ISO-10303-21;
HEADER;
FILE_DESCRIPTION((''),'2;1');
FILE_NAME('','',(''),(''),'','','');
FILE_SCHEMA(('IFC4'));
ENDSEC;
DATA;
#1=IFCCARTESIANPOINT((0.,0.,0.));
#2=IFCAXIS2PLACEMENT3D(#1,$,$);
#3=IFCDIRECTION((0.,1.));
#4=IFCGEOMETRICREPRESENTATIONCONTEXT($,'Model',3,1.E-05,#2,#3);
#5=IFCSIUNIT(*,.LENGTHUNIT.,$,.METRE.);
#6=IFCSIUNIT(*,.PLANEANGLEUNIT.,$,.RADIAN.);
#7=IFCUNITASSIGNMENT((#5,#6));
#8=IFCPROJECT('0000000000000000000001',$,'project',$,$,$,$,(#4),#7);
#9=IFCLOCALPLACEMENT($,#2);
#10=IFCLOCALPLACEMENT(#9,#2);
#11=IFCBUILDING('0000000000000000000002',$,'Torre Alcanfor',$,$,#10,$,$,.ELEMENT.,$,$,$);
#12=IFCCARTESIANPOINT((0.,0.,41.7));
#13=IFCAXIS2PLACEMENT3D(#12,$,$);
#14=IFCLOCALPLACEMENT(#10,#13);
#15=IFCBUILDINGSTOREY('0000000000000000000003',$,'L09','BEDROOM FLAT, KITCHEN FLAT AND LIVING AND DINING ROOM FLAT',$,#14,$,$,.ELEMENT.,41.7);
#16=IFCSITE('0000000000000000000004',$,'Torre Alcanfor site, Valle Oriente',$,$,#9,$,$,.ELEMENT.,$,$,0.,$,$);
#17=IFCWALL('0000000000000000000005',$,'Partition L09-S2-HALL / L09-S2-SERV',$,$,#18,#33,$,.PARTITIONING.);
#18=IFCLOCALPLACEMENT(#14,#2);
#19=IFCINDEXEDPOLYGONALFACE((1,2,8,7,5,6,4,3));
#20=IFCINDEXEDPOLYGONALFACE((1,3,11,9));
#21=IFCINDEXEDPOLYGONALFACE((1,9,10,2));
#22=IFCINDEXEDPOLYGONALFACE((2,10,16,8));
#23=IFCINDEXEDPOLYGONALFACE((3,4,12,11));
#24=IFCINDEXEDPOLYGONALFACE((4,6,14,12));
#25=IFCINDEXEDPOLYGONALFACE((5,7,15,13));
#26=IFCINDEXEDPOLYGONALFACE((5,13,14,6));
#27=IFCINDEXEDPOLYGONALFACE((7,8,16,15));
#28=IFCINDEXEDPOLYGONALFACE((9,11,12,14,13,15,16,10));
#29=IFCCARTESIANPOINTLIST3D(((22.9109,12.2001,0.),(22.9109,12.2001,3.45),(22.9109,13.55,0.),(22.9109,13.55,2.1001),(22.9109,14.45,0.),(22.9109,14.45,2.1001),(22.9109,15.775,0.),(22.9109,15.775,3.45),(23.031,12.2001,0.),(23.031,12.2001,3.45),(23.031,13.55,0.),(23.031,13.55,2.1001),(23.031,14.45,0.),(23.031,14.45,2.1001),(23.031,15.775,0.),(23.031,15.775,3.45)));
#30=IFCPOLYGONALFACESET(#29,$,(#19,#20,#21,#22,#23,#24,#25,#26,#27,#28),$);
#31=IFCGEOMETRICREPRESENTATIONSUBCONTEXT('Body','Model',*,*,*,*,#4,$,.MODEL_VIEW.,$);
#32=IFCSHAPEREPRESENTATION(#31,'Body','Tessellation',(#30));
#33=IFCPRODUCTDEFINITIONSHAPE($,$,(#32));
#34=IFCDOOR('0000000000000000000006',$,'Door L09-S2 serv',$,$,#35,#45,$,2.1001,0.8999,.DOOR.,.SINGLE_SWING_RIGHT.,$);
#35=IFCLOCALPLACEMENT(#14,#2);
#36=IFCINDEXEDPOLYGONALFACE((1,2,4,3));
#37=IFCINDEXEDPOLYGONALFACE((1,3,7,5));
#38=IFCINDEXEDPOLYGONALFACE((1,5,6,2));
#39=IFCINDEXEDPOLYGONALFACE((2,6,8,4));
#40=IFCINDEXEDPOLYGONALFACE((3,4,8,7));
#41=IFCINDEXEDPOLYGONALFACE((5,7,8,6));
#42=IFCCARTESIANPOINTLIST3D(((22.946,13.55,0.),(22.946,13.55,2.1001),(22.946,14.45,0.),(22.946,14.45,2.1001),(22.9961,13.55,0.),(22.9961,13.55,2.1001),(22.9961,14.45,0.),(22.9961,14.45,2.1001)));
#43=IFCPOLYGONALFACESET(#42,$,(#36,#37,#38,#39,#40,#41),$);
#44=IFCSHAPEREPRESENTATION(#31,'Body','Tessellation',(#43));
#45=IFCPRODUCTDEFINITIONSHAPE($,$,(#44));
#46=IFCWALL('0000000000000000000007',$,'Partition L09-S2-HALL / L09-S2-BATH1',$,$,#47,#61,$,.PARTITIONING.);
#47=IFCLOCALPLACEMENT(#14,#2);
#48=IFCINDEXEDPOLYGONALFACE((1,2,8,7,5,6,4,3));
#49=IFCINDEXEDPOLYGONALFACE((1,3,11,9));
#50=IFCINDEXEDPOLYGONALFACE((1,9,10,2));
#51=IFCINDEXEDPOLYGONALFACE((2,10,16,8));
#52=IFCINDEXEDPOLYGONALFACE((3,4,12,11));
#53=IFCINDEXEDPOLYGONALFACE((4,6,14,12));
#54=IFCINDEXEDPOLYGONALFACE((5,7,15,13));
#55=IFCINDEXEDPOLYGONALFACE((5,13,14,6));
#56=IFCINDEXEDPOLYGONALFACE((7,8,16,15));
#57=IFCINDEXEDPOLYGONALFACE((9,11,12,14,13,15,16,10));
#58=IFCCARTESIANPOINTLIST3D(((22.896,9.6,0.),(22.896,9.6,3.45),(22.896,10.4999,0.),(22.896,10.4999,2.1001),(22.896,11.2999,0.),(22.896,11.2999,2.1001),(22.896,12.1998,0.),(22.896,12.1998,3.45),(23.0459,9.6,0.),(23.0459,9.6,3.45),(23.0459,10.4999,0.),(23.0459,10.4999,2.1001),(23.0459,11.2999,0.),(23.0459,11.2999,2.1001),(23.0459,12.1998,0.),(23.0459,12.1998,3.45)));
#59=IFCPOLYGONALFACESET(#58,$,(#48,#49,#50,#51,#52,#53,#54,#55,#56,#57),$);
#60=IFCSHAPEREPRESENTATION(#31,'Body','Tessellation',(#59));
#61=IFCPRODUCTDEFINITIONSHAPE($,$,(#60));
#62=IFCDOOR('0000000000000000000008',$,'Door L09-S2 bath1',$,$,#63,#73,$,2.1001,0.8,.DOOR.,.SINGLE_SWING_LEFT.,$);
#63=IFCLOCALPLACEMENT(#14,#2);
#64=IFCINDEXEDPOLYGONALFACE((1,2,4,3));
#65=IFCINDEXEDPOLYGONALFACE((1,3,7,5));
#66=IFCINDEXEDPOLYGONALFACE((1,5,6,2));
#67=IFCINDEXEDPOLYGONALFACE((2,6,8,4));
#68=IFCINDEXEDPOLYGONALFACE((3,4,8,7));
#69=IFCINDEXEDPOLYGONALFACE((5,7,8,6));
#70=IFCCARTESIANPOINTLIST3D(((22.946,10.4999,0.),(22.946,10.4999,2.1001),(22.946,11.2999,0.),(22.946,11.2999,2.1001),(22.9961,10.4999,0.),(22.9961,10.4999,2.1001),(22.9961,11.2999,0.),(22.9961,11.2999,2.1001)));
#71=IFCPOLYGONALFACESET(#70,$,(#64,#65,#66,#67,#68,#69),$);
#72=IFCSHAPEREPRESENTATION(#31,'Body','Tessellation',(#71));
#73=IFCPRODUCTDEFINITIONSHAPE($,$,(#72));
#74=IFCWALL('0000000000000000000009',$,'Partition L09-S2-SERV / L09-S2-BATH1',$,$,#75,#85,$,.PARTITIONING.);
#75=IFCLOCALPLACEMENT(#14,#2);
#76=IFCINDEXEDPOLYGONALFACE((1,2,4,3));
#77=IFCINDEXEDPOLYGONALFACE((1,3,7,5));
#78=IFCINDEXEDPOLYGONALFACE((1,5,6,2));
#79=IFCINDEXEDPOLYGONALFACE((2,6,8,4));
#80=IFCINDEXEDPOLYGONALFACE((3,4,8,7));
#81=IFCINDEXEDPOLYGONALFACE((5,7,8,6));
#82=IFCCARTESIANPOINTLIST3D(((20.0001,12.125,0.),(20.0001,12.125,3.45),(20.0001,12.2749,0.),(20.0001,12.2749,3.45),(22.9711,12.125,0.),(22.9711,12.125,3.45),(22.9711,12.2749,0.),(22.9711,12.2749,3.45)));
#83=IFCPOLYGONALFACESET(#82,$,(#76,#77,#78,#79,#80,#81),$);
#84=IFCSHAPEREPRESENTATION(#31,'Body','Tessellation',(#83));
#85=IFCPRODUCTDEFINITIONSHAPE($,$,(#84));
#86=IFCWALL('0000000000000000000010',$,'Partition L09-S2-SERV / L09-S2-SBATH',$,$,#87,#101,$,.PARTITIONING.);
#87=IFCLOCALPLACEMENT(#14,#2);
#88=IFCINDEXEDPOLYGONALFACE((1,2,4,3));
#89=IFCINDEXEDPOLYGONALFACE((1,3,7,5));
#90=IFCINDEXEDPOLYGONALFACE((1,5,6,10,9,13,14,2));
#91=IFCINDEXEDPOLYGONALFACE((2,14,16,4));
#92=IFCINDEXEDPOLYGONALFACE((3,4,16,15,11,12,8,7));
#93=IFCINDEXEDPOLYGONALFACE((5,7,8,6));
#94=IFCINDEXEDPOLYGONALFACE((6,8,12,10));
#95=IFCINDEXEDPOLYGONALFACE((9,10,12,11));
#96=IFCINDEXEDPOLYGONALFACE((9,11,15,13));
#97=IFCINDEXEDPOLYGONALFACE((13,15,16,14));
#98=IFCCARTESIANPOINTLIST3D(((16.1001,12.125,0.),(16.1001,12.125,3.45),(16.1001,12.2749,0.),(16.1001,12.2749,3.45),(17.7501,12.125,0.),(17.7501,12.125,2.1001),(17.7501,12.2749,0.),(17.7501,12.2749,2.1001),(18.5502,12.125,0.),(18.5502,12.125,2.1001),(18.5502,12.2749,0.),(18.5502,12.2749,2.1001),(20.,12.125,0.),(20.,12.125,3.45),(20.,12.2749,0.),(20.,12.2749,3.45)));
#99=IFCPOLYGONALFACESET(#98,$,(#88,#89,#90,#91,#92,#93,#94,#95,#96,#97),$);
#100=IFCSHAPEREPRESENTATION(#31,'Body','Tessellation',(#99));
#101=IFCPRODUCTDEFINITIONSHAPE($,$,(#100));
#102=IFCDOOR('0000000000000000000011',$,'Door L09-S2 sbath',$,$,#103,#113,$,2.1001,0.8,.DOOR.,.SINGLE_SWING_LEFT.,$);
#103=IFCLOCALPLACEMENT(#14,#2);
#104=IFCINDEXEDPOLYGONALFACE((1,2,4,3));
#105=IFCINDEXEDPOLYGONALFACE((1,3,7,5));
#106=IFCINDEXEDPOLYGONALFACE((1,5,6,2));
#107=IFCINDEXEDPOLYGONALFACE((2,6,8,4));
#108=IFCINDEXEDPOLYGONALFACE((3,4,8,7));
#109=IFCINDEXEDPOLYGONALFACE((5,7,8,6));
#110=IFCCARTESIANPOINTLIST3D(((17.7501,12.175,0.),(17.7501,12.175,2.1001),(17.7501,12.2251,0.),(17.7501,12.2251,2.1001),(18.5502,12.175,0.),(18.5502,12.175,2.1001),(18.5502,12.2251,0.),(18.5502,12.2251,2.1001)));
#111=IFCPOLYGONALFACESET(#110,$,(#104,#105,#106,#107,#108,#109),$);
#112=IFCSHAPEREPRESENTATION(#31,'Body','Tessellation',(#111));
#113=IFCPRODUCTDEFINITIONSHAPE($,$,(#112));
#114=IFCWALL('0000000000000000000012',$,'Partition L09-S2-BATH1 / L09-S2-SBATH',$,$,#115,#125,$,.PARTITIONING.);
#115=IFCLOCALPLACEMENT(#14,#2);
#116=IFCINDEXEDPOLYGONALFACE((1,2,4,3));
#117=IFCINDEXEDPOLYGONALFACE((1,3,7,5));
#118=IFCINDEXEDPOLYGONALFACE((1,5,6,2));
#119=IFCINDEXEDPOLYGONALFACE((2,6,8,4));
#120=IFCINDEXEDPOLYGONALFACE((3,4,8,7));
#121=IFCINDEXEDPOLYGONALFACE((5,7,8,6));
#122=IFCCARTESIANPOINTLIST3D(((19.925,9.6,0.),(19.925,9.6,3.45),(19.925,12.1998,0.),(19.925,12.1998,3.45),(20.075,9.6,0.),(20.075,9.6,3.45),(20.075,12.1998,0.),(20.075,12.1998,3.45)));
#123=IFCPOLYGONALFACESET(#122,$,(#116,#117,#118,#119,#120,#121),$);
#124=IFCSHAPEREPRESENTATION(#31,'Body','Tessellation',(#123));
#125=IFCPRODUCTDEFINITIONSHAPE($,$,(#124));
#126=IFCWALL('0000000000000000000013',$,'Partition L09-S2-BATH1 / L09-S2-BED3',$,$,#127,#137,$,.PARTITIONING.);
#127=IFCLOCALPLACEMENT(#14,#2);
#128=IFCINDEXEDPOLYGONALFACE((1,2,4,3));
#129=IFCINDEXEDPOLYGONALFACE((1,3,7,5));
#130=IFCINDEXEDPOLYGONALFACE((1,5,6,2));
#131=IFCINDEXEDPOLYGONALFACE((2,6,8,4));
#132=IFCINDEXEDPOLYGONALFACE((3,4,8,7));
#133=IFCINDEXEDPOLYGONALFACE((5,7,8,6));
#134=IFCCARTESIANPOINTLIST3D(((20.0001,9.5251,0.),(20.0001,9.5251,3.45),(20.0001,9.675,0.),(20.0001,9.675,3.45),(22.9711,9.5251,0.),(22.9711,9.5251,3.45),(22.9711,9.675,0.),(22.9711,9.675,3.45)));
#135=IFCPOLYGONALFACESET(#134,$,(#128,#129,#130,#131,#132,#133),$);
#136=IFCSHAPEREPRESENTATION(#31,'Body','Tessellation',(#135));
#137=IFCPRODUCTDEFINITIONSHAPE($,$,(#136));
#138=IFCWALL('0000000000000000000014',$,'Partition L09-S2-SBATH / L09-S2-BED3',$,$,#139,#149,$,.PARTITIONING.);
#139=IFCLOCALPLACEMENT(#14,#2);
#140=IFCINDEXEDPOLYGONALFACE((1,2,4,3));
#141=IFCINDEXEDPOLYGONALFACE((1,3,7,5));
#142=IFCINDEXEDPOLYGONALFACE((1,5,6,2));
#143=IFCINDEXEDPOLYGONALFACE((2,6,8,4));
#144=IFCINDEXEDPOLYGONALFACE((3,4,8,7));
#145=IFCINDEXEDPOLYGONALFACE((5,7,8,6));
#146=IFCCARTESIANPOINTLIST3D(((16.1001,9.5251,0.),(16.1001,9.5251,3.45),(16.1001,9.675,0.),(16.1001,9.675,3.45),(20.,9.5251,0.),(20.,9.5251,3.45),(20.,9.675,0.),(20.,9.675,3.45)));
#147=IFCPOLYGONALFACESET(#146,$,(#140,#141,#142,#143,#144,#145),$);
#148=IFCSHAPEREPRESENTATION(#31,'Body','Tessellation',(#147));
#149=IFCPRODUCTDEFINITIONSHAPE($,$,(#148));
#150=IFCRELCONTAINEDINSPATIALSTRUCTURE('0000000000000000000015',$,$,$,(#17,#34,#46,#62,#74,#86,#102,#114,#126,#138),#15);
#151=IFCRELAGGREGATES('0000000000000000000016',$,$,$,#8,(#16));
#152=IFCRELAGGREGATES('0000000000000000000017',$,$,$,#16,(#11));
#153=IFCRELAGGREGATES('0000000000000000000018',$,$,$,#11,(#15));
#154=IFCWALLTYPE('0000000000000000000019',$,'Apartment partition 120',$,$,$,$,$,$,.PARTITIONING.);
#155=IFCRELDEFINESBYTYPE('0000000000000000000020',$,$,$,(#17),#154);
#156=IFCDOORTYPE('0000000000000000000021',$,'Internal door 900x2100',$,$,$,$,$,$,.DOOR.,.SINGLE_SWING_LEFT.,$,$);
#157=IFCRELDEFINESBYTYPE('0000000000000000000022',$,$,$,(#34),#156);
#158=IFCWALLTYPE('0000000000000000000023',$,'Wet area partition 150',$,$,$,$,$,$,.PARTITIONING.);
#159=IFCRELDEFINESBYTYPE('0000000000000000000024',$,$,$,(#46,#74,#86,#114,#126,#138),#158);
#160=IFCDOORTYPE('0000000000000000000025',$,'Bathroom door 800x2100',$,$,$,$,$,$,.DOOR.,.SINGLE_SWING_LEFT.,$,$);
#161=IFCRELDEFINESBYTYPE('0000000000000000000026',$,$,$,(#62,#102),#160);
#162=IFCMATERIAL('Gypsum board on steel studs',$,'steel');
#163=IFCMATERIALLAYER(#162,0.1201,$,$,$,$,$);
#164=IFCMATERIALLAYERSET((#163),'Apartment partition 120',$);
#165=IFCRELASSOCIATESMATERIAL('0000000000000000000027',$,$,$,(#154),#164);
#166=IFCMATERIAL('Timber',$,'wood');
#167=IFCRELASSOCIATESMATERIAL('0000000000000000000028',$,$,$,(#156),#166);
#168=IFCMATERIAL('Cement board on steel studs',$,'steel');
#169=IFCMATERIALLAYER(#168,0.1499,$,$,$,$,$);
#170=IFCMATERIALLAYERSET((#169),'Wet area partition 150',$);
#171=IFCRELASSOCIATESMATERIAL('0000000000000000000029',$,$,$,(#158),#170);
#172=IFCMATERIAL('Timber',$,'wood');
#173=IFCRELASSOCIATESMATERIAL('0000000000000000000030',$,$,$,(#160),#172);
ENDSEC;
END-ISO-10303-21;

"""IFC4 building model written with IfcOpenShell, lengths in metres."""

from ifc_helpers import new_model, si_unit, direction, frame, frame_2d, origin, place, context, subcontext, project, spatial, rectangle, extrude, material, layer, layer_set, type_object, element, fill, save


model = new_model("IFC4")

# Units and contexts
model_context = context("Model", 3, precision=1e-05, world=origin(), true_north=direction((0.0, 1.0)))
body_context = subcontext(model_context, "Body", "Model", "MODEL_VIEW")
ifc_project = project(units=[si_unit("LENGTHUNIT", "METRE"), si_unit("PLANEANGLEUNIT", "RADIAN")], contexts=[model_context])

# Site, building, storey
site_placement = place(None, origin())
site = spatial("IfcSite", under=ifc_project, at=site_placement, Name="Torre Alcanfor site, Valle Oriente", CompositionType="ELEMENT", RefElevation=0.0)
building_placement = place(site_placement, origin())
building = spatial("IfcBuilding", under=site, at=building_placement, Name="Torre Alcanfor", CompositionType="ELEMENT")
storey_placement = place(building_placement, frame((0.0, 0.0, 41.7)))
storey = spatial("IfcBuildingStorey", under=building, at=storey_placement, Name="L09", Description="BEDROOM FLAT, KITCHEN FLAT AND LIVING AND DINING ROOM FLAT", CompositionType="ELEMENT", Elevation=41.7)

# Walls, openings, doors
ifc_material_1 = material(Name="Gypsum board on steel studs", Category="steel")
ifc_layer_1 = layer(ifc_material_1, 0.1201)
ifc_layer_set_1 = layer_set([ifc_layer_1], Name="Apartment partition 120")
wall_type_1 = type_object("IfcWallType", Name="Apartment partition 120", PredefinedType="PARTITIONING", material=ifc_layer_set_1)
ifc_material_2 = material(Name="Timber", Category="wood")
door_type_1 = type_object("IfcDoorType", Name="Internal door 900x2100", OperationType="SINGLE_SWING_LEFT", PredefinedType="DOOR", material=ifc_material_2)
wall_1_placement = place(storey_placement, frame((22.9709, 12.2, 0.0), z_axis=(0.0, 0.0, 1.0), x_axis=(0.0, 1.0, 0.0)))
wall_1 = element("IfcWall", 1, at=wall_1_placement, inside=storey, type_object=wall_type_1, Name="Partition L09-S2-HALL / L09-S2-SERV", PredefinedType="PARTITIONING", context=body_context, shape_type="SweptSolid", body=[
    extrude(rectangle(XDim=3.575, YDim=0.1201, at=frame_2d((1.7876, 0.0))), origin(), (0.0, 0.0, 1.0), 3.45),
])
opening_1_placement = place(wall_1_placement, frame((1.3501, 0.0, 0.0)))
opening_1 = element("IfcOpeningElement", 2, at=opening_1_placement, cuts=wall_1, PredefinedType="OPENING", context=body_context, shape_type="SweptSolid", body=[
    extrude(rectangle(XDim=0.8999, YDim=2.1001, at=frame_2d((0.45, 1.05))), frame((0.0, 0.0701, 0.0), z_axis=(0.0, -1.0, 0.0), x_axis=(1.0, 0.0, 0.0)), (0.0, 0.0, 1.0), 0.1401),
])
door_1_placement = place(opening_1_placement, origin())
door_1 = element("IfcDoor", 3, at=door_1_placement, inside=storey, type_object=door_type_1, Name="Door L09-S2 serv", OperationType="SINGLE_SWING_RIGHT", OverallHeight=2.1001, OverallWidth=0.8999, PredefinedType="DOOR", context=body_context, shape_type="SweptSolid", body=[
    extrude(rectangle(XDim=0.8999, YDim=2.1001, at=frame_2d((0.45, 1.05))), frame((0.0, 0.0249, 0.0), z_axis=(0.0, -1.0, 0.0), x_axis=(1.0, 0.0, 0.0)), (0.0, 0.0, 1.0), 0.05),
])
fill(opening_1, door_1)
ifc_material_3 = material(Name="Cement board on steel studs", Category="steel")
ifc_layer_2 = layer(ifc_material_3, 0.1499)
ifc_layer_set_2 = layer_set([ifc_layer_2], Name="Wet area partition 150")
wall_type_2 = type_object("IfcWallType", Name="Wet area partition 150", PredefinedType="PARTITIONING", material=ifc_layer_set_2)
wall_2_placement = place(storey_placement, frame((22.9709, 9.6001, 0.0), z_axis=(0.0, 0.0, 1.0), x_axis=(0.0, 1.0, 0.0)))
wall_2 = element("IfcWall", 4, at=wall_2_placement, inside=storey, type_object=wall_type_2, Name="Partition L09-S2-HALL / L09-S2-BATH1", PredefinedType="PARTITIONING", context=body_context, shape_type="SweptSolid", body=[
    extrude(rectangle(XDim=2.5999, YDim=0.1499, at=frame_2d((1.2998, 0.0))), origin(), (0.0, 0.0, 1.0), 3.45),
])
opening_2_placement = place(wall_2_placement, frame((0.8999, 0.0, 0.0)))
opening_2 = element("IfcOpeningElement", 5, at=opening_2_placement, cuts=wall_2, PredefinedType="OPENING", context=body_context, shape_type="SweptSolid", body=[
    extrude(rectangle(XDim=0.8, YDim=2.1001, at=frame_2d((0.3999, 1.05))), frame((0.0, 0.085, 0.0), z_axis=(0.0, -1.0, 0.0), x_axis=(1.0, 0.0, 0.0)), (0.0, 0.0, 1.0), 0.1699),
])
ifc_material_4 = material(Name="Timber", Category="wood")
door_type_2 = type_object("IfcDoorType", Name="Bathroom door 800x2100", OperationType="SINGLE_SWING_LEFT", PredefinedType="DOOR", material=ifc_material_4)
door_2_placement = place(opening_2_placement, origin())
door_2 = element("IfcDoor", 6, at=door_2_placement, inside=storey, type_object=door_type_2, Name="Door L09-S2 bath1", OperationType="SINGLE_SWING_LEFT", OverallHeight=2.1001, OverallWidth=0.8, PredefinedType="DOOR", context=body_context, shape_type="SweptSolid", body=[
    extrude(rectangle(XDim=0.8, YDim=2.1001, at=frame_2d((0.3999, 1.05))), frame((0.0, 0.0249, 0.0), z_axis=(0.0, -1.0, 0.0), x_axis=(1.0, 0.0, 0.0)), (0.0, 0.0, 1.0), 0.05),
])
fill(opening_2, door_2)

# Wall
wall_3_placement = place(storey_placement, frame((22.9709, 12.2, 0.0), z_axis=(0.0, 0.0, 1.0), x_axis=(-1.0, 0.0, 0.0)))
element("IfcWall", 7, at=wall_3_placement, inside=storey, type_object=wall_type_2, Name="Partition L09-S2-SERV / L09-S2-BATH1", PredefinedType="PARTITIONING", context=body_context, shape_type="SweptSolid", body=[
    extrude(rectangle(XDim=2.9709, YDim=0.1499, at=frame_2d((1.4854, 0.0))), origin(), (0.0, 0.0, 1.0), 3.45),
])

# Wall, opening, door
wall_4_placement = place(storey_placement, frame((20.0, 12.2, 0.0), z_axis=(0.0, 0.0, 1.0), x_axis=(-1.0, 0.0, 0.0)))
wall_4 = element("IfcWall", 8, at=wall_4_placement, inside=storey, type_object=wall_type_2, Name="Partition L09-S2-SERV / L09-S2-SBATH", PredefinedType="PARTITIONING", context=body_context, shape_type="SweptSolid", body=[
    extrude(rectangle(XDim=3.8999, YDim=0.1499, at=frame_2d((1.95, 0.0))), origin(), (0.0, 0.0, 1.0), 3.45),
])
opening_3_placement = place(wall_4_placement, frame((1.45, 0.0, 0.0)))
opening_3 = element("IfcOpeningElement", 9, at=opening_3_placement, cuts=wall_4, PredefinedType="OPENING", context=body_context, shape_type="SweptSolid", body=[
    extrude(rectangle(XDim=0.8, YDim=2.1001, at=frame_2d((0.3999, 1.05))), frame((0.0, 0.085, 0.0), z_axis=(0.0, -1.0, 0.0), x_axis=(1.0, 0.0, 0.0)), (0.0, 0.0, 1.0), 0.1699),
])
door_3_placement = place(opening_3_placement, origin())
door_3 = element("IfcDoor", 10, at=door_3_placement, inside=storey, type_object=door_type_2, Name="Door L09-S2 sbath", OperationType="SINGLE_SWING_LEFT", OverallHeight=2.1001, OverallWidth=0.8, PredefinedType="DOOR", context=body_context, shape_type="SweptSolid", body=[
    extrude(rectangle(XDim=0.8, YDim=2.1001, at=frame_2d((0.3999, 1.05))), frame((0.0, 0.0249, 0.0), z_axis=(0.0, -1.0, 0.0), x_axis=(1.0, 0.0, 0.0)), (0.0, 0.0, 1.0), 0.05),
])
fill(opening_3, door_3)

# Walls
wall_5_placement = place(storey_placement, frame((20.0, 9.6001, 0.0), z_axis=(0.0, 0.0, 1.0), x_axis=(0.0, 1.0, 0.0)))
element("IfcWall", 11, at=wall_5_placement, inside=storey, type_object=wall_type_2, Name="Partition L09-S2-BATH1 / L09-S2-SBATH", PredefinedType="PARTITIONING", context=body_context, shape_type="SweptSolid", body=[
    extrude(rectangle(XDim=2.5999, YDim=0.1499, at=frame_2d((1.2998, 0.0))), origin(), (0.0, 0.0, 1.0), 3.45),
])
wall_6_placement = place(storey_placement, frame((22.9709, 9.6001, 0.0), z_axis=(0.0, 0.0, 1.0), x_axis=(-1.0, 0.0, 0.0)))
element("IfcWall", 12, at=wall_6_placement, inside=storey, type_object=wall_type_2, Name="Partition L09-S2-BATH1 / L09-S2-BED3", PredefinedType="PARTITIONING", context=body_context, shape_type="SweptSolid", body=[
    extrude(rectangle(XDim=2.9709, YDim=0.1499, at=frame_2d((1.4854, 0.0))), origin(), (0.0, 0.0, 1.0), 3.45),
])
wall_7_placement = place(storey_placement, frame((20.0, 9.6001, 0.0), z_axis=(0.0, 0.0, 1.0), x_axis=(-1.0, 0.0, 0.0)))
element("IfcWall", 13, at=wall_7_placement, inside=storey, type_object=wall_type_2, Name="Partition L09-S2-SBATH / L09-S2-BED3", PredefinedType="PARTITIONING", context=body_context, shape_type="SweptSolid", body=[
    extrude(rectangle(XDim=3.8999, YDim=0.1499, at=frame_2d((1.95, 0.0))), origin(), (0.0, 0.0, 1.0), 3.45),
])

save(model, "model.ifc")
